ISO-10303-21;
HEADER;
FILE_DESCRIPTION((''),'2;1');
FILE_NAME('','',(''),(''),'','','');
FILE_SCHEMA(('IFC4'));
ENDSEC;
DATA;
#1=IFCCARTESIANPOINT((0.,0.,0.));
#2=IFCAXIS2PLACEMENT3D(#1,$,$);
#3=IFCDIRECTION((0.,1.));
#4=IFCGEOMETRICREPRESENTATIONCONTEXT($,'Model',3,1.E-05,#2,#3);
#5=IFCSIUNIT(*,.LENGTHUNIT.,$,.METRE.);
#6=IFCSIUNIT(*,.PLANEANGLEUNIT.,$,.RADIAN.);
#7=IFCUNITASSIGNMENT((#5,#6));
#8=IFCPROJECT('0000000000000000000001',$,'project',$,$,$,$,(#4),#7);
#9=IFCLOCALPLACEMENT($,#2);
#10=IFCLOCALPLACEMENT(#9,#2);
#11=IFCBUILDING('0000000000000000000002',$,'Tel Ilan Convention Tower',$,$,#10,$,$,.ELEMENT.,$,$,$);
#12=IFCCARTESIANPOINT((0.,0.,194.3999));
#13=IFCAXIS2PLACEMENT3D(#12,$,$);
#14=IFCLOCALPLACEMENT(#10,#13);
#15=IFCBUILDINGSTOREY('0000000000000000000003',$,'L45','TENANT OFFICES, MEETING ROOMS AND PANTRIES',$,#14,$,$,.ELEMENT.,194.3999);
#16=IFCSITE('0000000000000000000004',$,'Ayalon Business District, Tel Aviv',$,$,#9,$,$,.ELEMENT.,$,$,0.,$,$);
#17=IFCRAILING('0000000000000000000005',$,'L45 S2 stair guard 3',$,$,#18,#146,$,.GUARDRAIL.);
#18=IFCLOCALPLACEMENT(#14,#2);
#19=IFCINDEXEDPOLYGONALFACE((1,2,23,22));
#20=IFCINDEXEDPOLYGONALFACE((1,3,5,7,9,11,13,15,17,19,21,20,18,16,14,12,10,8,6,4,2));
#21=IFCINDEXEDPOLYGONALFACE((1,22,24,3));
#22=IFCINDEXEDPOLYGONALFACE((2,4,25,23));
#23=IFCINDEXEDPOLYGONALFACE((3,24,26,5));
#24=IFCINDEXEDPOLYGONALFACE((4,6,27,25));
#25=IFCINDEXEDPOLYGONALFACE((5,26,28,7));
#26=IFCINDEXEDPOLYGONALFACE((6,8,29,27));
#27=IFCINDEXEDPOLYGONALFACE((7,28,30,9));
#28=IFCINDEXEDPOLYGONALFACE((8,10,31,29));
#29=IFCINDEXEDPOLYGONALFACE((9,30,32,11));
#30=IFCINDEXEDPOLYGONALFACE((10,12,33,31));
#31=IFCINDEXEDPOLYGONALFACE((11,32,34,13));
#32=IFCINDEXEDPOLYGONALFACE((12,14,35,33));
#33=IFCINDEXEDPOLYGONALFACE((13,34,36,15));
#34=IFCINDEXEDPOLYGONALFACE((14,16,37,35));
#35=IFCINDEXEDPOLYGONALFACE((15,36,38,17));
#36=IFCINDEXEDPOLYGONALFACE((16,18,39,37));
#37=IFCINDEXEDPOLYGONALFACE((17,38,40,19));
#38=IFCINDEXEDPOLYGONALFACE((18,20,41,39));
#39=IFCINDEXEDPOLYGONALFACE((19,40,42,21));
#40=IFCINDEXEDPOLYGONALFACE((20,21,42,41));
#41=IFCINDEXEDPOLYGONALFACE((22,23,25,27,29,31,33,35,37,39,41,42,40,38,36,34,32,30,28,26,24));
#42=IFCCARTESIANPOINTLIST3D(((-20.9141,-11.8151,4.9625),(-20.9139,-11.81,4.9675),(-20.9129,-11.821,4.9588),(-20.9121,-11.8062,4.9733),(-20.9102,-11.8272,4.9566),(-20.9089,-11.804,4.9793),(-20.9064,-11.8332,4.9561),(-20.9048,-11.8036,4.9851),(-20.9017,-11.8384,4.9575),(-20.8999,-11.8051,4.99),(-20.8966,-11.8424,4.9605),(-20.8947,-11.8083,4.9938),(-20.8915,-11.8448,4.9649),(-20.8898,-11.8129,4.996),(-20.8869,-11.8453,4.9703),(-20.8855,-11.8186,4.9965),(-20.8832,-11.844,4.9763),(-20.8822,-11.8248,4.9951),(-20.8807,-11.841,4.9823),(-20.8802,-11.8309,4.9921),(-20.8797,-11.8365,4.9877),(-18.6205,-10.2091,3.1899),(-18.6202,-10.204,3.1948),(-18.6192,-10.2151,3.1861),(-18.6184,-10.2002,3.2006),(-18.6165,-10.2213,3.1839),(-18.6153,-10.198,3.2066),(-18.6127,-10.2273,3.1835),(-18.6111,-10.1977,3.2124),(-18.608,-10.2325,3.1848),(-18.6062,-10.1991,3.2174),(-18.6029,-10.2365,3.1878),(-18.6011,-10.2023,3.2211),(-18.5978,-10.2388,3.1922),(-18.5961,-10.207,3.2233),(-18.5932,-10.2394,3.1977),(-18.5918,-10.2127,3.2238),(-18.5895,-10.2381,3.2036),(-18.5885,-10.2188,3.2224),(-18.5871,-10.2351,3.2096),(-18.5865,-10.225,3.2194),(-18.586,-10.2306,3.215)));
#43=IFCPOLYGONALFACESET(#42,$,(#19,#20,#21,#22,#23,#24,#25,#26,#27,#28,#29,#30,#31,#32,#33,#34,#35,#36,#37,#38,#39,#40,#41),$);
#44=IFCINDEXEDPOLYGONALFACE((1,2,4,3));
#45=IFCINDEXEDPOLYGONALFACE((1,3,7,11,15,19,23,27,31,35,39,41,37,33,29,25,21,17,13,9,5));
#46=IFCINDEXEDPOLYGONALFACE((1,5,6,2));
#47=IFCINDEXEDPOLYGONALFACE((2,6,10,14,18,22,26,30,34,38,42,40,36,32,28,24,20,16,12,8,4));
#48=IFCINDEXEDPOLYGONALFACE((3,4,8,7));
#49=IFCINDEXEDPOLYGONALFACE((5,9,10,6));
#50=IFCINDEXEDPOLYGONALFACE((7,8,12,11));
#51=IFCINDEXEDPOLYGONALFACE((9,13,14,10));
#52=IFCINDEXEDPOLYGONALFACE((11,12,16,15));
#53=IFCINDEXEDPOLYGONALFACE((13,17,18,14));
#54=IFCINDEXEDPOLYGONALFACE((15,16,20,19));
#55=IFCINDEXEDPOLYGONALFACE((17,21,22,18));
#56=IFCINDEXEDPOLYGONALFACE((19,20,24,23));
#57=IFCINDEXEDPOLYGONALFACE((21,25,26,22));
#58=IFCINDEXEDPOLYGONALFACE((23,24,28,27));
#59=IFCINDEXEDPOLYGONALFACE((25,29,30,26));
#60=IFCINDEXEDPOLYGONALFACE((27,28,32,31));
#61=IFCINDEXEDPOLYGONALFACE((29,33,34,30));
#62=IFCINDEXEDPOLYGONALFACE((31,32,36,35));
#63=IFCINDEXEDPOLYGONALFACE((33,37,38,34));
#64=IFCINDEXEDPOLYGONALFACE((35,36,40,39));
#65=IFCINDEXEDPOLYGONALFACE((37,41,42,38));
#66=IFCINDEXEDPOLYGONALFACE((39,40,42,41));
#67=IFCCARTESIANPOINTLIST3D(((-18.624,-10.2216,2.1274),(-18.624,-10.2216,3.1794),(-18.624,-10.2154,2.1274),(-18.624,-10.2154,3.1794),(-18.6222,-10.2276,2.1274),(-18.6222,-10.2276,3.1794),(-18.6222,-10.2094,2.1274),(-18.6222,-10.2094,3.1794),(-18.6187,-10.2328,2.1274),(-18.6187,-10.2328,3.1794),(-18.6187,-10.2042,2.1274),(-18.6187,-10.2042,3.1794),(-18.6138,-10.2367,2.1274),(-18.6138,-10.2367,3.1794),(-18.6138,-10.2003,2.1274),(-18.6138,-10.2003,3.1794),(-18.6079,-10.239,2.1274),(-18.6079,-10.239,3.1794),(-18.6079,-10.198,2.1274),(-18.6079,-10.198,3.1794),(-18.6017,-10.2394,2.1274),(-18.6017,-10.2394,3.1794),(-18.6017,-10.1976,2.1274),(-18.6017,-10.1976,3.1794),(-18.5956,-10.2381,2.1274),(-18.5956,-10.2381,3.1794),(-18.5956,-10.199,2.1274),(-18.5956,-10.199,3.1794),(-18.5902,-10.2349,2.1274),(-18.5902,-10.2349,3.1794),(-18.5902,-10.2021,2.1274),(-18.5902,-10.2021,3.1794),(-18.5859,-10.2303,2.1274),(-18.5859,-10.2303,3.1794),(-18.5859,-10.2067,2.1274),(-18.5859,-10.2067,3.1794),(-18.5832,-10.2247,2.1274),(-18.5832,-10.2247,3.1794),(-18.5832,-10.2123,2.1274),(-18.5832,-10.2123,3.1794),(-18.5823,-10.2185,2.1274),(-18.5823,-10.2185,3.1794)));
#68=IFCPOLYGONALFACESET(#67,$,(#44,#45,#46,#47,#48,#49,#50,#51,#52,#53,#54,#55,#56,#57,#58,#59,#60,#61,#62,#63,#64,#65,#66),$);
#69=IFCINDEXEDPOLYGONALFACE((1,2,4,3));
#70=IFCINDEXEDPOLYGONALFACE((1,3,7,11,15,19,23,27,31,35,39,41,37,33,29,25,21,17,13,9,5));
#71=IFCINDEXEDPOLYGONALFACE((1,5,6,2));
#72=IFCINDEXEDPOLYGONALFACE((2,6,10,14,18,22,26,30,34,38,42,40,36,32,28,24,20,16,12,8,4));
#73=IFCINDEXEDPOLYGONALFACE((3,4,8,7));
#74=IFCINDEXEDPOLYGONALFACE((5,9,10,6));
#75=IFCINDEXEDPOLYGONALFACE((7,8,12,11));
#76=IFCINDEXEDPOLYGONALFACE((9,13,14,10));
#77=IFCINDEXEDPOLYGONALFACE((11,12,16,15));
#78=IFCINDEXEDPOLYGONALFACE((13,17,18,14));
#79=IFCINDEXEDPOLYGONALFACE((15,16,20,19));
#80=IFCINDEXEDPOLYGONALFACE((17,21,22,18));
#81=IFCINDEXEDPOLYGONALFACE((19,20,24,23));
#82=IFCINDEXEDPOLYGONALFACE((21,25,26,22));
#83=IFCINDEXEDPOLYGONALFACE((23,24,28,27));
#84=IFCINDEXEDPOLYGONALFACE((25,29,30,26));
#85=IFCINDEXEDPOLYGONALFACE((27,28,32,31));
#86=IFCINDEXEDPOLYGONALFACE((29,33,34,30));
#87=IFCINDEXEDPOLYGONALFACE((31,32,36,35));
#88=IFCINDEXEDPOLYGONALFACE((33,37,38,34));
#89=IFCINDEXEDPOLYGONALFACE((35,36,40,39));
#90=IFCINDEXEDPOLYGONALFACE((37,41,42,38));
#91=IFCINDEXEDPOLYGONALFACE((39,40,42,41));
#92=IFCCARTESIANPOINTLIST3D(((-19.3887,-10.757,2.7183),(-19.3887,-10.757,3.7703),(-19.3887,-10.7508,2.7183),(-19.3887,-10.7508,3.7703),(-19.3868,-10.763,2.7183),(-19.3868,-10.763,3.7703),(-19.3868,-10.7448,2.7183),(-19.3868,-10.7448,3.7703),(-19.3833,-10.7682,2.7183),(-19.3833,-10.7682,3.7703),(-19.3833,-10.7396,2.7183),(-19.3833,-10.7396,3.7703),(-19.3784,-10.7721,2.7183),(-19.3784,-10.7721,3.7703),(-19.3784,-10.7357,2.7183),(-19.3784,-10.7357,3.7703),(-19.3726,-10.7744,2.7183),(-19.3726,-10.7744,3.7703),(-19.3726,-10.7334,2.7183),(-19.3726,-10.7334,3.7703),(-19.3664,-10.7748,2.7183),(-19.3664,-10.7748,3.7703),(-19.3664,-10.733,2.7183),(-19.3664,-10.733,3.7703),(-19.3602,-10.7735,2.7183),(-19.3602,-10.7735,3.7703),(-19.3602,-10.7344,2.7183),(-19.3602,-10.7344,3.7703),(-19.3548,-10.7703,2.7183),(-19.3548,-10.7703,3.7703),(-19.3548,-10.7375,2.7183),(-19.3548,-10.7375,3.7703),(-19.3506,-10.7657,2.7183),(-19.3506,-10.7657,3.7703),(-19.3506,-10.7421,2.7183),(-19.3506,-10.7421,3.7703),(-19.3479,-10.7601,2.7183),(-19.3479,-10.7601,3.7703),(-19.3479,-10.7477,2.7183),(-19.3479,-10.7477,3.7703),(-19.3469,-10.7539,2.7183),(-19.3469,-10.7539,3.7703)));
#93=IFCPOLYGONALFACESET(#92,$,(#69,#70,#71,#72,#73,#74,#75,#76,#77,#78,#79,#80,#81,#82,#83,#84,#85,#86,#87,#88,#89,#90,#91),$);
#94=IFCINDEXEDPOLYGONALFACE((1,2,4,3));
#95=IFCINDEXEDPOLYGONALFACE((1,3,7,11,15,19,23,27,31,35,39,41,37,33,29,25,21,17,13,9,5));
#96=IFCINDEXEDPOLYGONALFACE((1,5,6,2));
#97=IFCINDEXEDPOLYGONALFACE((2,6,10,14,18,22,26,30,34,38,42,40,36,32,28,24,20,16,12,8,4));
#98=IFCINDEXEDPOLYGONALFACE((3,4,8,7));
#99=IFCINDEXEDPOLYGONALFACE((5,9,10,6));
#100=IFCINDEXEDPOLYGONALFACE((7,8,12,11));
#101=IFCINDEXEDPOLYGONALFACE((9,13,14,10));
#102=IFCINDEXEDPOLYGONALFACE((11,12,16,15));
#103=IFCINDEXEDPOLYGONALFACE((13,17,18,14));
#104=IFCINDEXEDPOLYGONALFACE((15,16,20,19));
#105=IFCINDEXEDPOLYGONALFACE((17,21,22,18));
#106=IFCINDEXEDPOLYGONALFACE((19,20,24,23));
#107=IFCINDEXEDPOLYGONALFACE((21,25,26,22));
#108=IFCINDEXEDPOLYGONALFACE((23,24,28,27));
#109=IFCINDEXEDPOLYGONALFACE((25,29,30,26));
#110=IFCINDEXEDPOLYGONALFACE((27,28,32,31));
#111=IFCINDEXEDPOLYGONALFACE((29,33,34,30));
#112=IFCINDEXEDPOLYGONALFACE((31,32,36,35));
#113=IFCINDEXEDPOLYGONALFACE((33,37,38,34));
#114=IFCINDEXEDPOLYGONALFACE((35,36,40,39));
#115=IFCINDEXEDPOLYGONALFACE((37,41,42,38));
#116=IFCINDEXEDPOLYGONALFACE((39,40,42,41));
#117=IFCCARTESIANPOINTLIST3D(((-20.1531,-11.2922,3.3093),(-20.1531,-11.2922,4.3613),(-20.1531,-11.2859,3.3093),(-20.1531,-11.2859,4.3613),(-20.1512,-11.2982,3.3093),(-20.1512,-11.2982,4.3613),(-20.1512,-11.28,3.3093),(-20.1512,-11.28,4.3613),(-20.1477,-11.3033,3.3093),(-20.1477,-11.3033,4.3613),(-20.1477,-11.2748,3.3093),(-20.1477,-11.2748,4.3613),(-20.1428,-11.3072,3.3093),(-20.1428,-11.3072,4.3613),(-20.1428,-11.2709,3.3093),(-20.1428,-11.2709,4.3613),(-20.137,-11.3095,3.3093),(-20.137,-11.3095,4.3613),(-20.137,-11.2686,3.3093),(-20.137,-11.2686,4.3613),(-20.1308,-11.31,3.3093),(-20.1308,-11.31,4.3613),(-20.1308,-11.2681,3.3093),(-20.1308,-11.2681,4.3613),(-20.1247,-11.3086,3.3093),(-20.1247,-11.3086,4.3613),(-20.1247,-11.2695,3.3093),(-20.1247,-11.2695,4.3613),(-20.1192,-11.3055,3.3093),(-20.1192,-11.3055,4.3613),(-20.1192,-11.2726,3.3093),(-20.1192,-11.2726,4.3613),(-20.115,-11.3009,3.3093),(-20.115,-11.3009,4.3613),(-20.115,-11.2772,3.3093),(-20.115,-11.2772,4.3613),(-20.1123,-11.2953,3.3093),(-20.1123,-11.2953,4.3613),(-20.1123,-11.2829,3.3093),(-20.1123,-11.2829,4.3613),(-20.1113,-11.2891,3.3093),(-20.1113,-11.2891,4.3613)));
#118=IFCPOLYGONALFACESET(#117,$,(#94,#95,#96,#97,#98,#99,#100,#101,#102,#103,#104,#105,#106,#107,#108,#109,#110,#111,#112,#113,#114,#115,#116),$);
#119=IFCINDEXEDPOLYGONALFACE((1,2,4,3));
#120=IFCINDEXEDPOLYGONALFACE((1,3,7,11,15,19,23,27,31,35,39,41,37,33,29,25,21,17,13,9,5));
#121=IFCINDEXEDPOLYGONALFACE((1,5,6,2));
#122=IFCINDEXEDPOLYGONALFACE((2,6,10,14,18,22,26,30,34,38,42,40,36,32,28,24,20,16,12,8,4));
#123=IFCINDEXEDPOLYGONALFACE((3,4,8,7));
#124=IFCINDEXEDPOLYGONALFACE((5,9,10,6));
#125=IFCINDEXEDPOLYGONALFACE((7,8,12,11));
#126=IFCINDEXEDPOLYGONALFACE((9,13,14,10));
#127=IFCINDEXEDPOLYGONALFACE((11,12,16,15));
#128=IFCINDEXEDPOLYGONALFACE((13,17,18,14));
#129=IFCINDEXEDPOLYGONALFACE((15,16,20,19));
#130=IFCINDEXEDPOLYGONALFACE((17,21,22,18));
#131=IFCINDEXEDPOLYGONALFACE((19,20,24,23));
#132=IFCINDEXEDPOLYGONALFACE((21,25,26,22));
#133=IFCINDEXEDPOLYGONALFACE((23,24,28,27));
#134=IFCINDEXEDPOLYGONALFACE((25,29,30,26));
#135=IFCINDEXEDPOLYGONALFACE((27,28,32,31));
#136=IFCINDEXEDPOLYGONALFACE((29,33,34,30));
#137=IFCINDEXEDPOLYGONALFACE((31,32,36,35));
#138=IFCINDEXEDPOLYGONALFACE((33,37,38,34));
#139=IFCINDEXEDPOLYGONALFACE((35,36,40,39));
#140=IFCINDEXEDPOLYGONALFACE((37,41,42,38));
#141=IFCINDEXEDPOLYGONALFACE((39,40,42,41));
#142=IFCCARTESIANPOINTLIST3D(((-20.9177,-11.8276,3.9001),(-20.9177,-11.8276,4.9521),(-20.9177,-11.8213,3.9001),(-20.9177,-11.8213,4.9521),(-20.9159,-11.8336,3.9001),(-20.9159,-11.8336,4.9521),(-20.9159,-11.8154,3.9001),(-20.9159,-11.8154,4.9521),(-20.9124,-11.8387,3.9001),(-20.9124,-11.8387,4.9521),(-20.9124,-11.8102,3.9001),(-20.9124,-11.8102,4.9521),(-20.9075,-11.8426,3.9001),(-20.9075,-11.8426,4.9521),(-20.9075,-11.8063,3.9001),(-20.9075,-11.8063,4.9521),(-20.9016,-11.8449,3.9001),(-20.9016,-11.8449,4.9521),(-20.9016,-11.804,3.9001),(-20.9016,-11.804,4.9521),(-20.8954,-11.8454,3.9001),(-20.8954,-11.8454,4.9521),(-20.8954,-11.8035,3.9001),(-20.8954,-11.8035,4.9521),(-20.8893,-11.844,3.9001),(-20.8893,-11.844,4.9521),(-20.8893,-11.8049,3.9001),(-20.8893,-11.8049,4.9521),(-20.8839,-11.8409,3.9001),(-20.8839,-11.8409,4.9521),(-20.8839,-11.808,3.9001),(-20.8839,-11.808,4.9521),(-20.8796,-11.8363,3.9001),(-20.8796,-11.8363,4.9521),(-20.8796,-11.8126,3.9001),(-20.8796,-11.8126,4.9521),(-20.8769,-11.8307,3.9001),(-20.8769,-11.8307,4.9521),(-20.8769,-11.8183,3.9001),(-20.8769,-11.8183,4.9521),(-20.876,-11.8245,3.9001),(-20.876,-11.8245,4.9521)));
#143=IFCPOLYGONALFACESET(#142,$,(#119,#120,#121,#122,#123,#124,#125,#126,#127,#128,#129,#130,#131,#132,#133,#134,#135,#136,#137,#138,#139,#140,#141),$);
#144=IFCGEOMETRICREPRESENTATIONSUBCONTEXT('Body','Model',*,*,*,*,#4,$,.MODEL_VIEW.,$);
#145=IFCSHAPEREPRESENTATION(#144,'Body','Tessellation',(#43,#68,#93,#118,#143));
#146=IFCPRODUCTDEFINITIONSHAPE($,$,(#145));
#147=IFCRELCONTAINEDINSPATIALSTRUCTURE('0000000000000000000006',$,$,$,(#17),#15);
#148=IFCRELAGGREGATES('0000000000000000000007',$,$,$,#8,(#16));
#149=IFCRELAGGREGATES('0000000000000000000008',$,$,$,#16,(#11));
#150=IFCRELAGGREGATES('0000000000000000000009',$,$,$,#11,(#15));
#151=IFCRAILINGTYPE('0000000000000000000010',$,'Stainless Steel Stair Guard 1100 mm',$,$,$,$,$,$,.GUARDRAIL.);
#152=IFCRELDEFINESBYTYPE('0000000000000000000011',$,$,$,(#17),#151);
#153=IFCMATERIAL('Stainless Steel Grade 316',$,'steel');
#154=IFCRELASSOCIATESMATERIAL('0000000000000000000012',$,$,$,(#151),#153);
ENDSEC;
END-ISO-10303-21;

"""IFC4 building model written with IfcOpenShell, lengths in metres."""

from ifc_helpers import new_model, si_unit, direction, frame, origin, origin_2d, place, context, subcontext, project, spatial, circle, extrude, material, type_object, element, save


model = new_model("IFC4")

# Units and contexts
model_context = context("Model", 3, precision=1e-05, world=origin(), true_north=direction((0.0, 1.0)))
body_context = subcontext(model_context, "Body", "Model", "MODEL_VIEW")
ifc_project = project(units=[si_unit("LENGTHUNIT", "METRE"), si_unit("PLANEANGLEUNIT", "RADIAN")], contexts=[model_context])

# Site, building, storey
site_placement = place(None, origin())
site = spatial("IfcSite", under=ifc_project, at=site_placement, Name="Ayalon Business District, Tel Aviv", CompositionType="ELEMENT", RefElevation=0.0)
building_placement = place(site_placement, origin())
building = spatial("IfcBuilding", under=site, at=building_placement, Name="Tel Ilan Convention Tower", CompositionType="ELEMENT")
storey_placement = place(building_placement, frame((0.0, 0.0, 194.3999)))
storey = spatial("IfcBuildingStorey", under=building, at=storey_placement, Name="L45", Description="TENANT OFFICES, MEETING ROOMS AND PANTRIES", CompositionType="ELEMENT", Elevation=194.3999)

# Railing
ifc_material_1 = material(Name="Stainless Steel Grade 316", Category="steel")
railing_type = type_object("IfcRailingType", Name="Stainless Steel Stair Guard 1100 mm", PredefinedType="GUARDRAIL", material=ifc_material_1)
railing_1_placement = place(storey_placement, frame((-18.6033, -10.2185, 2.1274)))
element("IfcRailing", 1, at=railing_1_placement, inside=storey, type_object=railing_type, Name="L45 S2 stair guard 3", PredefinedType="GUARDRAIL", context=body_context, shape_type="SweptSolid", body=[
    extrude(circle(Radius=0.0239, at=origin_2d()), frame((0.0, 0.0, 1.0762), z_axis=(-0.692123, -0.484597, 0.534913), x_axis=(0.57355, -0.81917, 0.0)), (0.0, 0.0, 1.0), 3.314),
    extrude(circle(Radius=0.021, at=origin_2d()), origin(), (0.0, 0.0, 1.0), 1.052),
    extrude(circle(Radius=0.021, at=origin_2d()), frame((-0.7646, -0.5354, 0.5908)), (0.0, 0.0, 1.0), 1.052),
    extrude(circle(Radius=0.021, at=origin_2d()), frame((-1.5291, -1.0706, 1.1819)), (0.0, 0.0, 1.0), 1.052),
    extrude(circle(Radius=0.021, at=origin_2d()), frame((-2.2937, -1.606, 1.7727)), (0.0, 0.0, 1.0), 1.052),
])

save(model, "model.ifc")
